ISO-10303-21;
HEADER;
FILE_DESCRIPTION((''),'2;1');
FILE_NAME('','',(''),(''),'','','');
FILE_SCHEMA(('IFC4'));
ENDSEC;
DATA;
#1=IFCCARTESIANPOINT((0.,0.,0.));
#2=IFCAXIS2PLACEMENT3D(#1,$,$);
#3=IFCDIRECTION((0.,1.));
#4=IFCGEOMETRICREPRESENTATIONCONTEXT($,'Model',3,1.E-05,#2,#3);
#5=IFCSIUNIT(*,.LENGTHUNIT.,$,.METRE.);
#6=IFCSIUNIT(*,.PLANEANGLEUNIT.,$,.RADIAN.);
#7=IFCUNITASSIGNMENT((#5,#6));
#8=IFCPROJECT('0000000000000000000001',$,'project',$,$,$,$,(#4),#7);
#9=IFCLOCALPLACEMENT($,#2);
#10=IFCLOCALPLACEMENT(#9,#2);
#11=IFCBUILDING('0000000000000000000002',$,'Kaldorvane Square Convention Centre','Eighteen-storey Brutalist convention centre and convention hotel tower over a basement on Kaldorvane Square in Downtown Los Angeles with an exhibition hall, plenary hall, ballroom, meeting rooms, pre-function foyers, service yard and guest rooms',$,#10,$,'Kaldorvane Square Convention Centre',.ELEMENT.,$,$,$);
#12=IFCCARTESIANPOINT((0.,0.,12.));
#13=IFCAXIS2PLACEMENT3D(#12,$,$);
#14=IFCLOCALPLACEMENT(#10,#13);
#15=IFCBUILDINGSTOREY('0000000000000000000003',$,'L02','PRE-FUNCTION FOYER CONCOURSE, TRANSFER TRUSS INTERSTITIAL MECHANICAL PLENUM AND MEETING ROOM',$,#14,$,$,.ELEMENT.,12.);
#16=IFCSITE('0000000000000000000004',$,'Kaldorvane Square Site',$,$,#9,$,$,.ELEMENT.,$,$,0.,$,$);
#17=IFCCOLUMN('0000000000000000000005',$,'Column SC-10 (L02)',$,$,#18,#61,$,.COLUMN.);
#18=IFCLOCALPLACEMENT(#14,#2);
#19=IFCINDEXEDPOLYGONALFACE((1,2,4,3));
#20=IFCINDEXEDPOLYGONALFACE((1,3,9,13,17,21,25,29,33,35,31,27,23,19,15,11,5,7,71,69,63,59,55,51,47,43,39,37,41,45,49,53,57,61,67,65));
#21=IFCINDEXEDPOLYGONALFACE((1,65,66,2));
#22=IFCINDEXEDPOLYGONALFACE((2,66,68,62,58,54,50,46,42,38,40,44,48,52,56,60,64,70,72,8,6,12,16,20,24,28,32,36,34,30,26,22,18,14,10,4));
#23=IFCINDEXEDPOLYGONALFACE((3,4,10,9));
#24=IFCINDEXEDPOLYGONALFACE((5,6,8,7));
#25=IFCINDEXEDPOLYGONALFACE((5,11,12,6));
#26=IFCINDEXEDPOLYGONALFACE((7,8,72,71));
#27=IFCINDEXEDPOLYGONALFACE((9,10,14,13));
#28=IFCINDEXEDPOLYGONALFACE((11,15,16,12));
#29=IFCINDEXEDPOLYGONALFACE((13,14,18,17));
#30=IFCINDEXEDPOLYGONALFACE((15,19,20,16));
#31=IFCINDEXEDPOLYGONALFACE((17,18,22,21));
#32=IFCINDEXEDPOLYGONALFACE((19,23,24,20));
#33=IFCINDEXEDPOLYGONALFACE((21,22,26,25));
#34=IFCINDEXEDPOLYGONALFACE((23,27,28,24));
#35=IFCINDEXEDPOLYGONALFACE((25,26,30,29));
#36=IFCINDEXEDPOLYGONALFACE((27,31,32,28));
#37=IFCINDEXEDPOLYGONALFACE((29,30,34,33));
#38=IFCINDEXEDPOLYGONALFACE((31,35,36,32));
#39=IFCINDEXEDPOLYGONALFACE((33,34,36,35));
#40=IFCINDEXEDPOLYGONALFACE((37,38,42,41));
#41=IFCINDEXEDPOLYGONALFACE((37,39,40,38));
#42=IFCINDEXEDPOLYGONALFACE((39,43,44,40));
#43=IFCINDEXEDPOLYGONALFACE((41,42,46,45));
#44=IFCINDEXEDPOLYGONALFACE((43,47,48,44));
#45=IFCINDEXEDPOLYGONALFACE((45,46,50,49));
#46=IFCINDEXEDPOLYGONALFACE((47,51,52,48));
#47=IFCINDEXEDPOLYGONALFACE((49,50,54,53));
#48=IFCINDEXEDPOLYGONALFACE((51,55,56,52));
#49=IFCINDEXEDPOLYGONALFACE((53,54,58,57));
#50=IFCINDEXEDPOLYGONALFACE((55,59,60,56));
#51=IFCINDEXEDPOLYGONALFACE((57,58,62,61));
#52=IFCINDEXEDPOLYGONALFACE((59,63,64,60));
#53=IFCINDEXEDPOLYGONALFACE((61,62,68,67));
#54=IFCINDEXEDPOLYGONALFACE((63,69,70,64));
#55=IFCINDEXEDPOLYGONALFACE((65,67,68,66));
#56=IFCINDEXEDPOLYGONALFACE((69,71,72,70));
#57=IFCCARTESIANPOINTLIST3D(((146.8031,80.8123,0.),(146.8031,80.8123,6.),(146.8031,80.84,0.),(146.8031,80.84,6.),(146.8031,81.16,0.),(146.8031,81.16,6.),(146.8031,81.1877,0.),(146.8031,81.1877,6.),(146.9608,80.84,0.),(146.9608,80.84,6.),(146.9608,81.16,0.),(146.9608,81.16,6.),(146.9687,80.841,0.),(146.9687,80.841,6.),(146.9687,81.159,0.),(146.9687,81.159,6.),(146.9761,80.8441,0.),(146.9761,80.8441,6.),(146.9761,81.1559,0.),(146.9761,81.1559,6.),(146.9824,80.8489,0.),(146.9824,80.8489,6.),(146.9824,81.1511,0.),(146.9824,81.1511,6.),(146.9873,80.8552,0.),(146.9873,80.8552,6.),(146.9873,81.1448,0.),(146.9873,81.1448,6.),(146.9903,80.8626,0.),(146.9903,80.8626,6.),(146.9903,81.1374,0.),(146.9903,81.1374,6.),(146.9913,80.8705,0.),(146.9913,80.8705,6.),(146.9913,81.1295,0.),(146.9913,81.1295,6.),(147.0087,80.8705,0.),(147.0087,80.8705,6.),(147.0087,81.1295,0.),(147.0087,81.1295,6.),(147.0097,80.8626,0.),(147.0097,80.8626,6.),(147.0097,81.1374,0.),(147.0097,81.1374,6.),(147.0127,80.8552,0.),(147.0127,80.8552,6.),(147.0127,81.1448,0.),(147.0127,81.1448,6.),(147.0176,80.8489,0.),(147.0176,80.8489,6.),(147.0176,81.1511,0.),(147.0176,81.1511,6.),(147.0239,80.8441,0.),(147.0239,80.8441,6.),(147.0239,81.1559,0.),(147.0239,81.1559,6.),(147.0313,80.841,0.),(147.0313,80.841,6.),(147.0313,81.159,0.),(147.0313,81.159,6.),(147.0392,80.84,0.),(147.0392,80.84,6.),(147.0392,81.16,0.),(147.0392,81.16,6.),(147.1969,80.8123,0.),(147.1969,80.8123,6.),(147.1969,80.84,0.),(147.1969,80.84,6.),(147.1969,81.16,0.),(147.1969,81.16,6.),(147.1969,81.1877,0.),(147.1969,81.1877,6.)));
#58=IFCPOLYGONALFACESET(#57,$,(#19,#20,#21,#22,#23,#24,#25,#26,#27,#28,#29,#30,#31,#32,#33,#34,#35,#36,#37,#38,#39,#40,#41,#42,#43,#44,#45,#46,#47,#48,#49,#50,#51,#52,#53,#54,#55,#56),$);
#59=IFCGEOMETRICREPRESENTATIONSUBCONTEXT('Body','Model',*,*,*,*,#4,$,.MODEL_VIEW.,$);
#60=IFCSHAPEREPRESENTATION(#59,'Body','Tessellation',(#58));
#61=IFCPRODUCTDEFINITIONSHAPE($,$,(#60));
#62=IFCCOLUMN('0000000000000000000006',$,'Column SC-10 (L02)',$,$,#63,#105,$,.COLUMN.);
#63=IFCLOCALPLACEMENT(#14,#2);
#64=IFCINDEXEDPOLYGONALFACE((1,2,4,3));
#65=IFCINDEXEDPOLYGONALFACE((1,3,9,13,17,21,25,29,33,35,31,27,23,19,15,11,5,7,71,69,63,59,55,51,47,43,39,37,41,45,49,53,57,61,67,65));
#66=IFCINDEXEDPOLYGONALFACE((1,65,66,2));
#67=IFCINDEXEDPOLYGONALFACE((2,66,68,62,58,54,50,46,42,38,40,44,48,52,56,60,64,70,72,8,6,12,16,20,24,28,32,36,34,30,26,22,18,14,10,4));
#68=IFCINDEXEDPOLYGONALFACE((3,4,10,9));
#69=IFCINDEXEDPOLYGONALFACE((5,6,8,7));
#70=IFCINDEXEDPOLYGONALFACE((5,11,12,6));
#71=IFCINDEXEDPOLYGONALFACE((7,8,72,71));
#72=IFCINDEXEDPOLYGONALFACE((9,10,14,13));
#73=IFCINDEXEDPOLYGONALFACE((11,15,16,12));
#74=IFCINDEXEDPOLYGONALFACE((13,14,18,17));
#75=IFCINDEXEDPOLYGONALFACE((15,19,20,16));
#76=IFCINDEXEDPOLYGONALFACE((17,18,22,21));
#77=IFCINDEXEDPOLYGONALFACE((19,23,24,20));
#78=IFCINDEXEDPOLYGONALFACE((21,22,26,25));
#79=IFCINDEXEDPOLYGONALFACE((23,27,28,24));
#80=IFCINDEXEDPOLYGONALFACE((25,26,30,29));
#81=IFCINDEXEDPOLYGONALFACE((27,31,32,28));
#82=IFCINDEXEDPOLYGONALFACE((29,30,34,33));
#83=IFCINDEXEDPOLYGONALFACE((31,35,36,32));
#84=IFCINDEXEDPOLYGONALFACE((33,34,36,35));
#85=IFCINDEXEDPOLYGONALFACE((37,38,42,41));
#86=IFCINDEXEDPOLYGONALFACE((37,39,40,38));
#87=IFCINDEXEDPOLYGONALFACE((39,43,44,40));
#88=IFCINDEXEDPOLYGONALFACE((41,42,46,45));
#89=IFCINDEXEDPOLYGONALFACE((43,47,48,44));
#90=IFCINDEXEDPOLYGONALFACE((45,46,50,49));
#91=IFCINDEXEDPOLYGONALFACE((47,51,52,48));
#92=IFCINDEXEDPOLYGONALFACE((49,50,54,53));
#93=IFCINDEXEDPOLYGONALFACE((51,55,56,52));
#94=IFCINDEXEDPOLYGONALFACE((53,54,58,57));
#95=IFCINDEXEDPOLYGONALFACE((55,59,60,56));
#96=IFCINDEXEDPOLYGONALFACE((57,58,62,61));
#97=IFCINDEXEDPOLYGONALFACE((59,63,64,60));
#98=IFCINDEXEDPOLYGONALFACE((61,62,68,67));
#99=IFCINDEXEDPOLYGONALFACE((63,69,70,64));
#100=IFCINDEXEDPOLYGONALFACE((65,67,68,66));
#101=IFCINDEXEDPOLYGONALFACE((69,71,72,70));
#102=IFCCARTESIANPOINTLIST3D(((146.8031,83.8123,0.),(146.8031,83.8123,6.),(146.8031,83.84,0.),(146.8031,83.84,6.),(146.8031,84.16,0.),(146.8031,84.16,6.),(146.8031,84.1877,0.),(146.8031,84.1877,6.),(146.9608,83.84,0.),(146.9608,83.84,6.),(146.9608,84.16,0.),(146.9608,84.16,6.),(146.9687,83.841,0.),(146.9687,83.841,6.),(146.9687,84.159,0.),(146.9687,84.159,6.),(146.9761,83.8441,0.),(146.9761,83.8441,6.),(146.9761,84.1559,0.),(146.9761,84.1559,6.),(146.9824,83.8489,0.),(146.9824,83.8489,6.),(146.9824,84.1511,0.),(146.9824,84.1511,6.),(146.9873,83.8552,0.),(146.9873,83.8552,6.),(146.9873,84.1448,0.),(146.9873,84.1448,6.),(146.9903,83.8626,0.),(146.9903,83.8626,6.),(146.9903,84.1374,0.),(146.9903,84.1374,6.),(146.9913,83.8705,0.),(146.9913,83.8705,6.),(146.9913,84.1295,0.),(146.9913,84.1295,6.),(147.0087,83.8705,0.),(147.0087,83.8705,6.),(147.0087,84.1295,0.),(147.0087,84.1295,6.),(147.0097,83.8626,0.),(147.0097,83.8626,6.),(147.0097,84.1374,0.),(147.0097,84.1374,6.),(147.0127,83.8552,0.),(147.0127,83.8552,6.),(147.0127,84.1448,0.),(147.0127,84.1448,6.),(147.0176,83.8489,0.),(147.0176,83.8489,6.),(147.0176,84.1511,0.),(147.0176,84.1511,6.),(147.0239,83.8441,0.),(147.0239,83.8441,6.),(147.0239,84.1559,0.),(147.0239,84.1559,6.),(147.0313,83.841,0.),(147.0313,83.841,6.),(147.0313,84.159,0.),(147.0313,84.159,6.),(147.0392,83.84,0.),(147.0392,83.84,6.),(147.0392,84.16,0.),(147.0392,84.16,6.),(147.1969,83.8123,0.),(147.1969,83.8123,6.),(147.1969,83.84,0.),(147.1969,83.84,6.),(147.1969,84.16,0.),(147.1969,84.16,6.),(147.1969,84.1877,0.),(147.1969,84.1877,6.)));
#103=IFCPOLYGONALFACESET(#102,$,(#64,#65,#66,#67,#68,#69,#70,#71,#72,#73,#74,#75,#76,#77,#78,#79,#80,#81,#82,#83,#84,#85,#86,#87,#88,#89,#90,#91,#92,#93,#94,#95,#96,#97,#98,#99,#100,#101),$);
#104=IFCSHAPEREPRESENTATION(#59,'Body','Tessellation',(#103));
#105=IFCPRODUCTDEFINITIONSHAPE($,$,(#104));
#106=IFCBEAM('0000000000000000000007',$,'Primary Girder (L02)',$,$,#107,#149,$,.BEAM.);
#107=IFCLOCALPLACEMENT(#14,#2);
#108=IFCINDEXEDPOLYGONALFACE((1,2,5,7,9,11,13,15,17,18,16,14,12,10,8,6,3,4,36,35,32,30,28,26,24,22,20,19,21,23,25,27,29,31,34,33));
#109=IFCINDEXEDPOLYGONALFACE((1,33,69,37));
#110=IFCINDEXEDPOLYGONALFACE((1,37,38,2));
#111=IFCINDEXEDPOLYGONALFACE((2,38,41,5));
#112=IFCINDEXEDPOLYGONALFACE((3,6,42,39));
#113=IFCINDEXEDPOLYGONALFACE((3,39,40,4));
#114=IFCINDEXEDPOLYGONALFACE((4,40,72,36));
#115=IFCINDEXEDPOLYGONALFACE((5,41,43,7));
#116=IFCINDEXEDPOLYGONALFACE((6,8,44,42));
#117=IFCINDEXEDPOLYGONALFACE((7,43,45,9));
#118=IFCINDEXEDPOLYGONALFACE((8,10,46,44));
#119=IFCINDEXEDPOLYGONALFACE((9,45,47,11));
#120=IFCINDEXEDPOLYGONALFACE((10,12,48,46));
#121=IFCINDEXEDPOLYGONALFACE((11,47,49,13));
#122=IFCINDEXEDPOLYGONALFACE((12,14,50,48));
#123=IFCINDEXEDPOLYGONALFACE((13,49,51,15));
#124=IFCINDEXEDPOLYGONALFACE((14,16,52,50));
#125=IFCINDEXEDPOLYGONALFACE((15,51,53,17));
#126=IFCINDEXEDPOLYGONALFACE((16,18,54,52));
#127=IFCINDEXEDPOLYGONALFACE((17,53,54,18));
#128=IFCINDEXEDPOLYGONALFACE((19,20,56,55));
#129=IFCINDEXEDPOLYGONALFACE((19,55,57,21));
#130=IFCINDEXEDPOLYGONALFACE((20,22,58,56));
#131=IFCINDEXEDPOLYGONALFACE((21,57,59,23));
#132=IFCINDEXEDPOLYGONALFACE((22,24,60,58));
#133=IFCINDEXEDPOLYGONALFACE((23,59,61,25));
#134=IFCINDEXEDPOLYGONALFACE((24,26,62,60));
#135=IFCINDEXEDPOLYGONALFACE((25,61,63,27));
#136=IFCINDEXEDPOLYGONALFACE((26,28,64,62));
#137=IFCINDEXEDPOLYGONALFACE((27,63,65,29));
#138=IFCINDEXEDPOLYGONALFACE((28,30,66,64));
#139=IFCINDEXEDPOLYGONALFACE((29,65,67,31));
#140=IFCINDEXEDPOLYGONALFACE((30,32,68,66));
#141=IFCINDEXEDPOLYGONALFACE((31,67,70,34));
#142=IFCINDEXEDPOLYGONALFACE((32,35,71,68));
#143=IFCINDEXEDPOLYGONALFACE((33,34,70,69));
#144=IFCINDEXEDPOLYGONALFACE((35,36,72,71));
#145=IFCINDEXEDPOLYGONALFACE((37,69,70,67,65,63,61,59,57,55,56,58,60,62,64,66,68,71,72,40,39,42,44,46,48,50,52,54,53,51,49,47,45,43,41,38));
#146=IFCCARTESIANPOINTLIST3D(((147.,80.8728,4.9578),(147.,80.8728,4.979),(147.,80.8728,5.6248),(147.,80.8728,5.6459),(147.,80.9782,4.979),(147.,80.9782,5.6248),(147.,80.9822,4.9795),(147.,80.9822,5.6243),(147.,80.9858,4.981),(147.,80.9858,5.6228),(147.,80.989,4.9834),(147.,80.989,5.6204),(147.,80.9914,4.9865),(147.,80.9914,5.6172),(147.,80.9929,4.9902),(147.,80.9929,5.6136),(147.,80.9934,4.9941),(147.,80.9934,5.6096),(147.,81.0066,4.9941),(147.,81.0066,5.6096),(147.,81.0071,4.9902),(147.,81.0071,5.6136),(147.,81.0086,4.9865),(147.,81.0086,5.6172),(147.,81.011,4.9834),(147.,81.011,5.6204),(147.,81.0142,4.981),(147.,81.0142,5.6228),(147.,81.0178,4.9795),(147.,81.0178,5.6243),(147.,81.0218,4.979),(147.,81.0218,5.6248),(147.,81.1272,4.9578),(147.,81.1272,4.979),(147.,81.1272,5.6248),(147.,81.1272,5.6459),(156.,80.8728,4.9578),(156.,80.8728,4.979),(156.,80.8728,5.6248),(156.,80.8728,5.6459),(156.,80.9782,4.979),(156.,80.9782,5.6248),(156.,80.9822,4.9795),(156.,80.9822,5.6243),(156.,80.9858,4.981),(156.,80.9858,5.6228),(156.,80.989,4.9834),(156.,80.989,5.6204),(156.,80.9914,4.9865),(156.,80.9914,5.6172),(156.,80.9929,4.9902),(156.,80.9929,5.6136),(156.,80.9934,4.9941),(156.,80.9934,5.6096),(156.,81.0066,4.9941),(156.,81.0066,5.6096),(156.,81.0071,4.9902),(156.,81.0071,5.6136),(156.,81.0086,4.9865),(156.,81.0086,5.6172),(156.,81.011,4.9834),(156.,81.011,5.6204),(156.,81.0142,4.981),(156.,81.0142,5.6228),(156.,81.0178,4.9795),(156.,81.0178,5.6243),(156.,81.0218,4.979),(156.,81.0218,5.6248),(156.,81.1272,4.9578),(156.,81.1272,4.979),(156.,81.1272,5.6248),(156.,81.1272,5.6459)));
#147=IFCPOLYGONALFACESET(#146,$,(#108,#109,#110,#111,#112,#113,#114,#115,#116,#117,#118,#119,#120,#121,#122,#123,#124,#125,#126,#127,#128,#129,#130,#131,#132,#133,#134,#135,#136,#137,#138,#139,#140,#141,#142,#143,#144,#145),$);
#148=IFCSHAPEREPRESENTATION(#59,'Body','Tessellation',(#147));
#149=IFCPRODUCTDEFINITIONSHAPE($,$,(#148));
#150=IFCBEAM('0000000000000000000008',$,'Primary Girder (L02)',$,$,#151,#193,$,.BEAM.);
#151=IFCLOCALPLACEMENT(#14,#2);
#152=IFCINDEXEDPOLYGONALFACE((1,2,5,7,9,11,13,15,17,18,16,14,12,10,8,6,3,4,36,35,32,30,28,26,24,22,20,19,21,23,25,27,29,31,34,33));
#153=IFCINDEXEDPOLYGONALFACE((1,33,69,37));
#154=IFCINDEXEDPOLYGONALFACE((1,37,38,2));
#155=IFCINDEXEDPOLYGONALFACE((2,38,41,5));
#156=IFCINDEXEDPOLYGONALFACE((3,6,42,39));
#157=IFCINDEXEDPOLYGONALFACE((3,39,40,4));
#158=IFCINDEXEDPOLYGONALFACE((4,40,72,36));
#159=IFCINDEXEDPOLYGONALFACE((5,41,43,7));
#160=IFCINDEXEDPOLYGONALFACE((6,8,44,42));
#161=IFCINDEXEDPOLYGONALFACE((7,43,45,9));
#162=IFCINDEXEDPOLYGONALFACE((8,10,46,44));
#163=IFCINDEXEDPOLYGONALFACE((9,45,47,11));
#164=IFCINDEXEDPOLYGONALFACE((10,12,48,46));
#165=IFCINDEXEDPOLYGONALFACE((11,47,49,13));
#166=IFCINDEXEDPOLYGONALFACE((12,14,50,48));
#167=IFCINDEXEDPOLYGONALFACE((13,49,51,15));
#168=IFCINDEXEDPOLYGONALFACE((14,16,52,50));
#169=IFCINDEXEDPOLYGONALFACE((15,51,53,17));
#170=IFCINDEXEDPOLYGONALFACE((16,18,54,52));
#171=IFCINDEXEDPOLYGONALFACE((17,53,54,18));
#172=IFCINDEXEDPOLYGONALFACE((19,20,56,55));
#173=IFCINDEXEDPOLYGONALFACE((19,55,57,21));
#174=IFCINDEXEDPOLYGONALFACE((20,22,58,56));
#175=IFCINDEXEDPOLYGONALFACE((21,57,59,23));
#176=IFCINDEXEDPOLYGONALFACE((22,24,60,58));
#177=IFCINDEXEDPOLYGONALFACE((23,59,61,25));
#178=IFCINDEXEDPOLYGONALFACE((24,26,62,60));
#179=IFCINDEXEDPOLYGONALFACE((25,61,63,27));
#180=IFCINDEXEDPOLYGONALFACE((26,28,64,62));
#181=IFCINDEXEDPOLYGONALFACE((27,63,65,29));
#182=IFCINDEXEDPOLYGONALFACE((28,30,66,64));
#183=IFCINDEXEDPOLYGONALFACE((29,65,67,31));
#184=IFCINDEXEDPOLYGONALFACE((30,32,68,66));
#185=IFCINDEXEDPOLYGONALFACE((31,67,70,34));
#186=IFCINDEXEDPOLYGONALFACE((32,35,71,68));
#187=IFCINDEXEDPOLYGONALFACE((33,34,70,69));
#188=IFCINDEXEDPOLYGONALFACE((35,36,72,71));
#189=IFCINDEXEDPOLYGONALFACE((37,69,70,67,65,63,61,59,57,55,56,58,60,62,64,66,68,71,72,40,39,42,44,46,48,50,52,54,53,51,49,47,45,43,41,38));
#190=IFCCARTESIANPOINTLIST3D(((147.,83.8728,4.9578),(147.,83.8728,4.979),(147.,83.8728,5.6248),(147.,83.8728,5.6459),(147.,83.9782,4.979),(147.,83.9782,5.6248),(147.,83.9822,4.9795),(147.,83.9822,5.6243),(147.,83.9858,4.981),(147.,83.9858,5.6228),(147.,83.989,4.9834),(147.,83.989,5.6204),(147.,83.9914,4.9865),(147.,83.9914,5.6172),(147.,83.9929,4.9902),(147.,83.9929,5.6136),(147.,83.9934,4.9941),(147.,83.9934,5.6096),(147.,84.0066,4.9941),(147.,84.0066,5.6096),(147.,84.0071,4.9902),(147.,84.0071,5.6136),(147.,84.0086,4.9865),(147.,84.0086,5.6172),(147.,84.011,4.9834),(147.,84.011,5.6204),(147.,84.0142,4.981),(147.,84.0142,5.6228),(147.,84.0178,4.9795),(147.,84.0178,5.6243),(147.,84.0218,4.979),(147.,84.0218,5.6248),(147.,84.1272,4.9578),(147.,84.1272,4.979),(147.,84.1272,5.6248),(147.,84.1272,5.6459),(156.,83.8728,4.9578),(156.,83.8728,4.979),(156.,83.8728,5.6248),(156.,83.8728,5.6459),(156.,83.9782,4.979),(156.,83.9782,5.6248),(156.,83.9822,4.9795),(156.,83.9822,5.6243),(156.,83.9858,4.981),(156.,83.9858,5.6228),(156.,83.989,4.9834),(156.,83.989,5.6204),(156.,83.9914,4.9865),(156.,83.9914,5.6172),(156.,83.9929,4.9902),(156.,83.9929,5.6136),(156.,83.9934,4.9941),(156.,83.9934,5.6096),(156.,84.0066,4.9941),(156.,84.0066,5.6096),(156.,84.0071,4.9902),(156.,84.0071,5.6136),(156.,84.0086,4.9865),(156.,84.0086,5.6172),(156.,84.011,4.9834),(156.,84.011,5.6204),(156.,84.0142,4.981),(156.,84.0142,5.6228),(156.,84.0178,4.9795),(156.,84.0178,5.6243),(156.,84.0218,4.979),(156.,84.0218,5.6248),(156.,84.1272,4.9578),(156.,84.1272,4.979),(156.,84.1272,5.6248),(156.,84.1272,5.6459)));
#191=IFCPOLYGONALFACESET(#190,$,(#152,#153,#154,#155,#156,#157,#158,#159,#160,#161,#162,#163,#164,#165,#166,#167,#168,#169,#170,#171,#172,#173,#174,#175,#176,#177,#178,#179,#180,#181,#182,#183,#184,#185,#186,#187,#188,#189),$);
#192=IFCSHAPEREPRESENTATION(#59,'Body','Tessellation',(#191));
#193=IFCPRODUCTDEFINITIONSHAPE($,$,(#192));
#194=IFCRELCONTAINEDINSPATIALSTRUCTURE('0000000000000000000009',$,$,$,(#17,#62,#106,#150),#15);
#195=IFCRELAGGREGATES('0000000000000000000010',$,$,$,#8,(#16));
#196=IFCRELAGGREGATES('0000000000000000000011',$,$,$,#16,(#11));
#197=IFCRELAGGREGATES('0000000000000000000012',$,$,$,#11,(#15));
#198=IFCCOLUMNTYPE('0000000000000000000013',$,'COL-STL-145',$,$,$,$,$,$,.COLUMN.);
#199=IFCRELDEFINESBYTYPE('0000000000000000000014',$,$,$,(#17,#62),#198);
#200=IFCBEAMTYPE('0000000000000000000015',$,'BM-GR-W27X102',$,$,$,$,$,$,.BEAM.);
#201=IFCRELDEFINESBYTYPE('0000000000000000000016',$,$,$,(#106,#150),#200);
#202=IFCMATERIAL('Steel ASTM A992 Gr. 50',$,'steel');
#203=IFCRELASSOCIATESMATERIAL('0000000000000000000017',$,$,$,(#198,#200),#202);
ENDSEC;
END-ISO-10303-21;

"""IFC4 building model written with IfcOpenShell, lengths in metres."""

from ifc_helpers import new_model, si_unit, direction, frame, origin, origin_2d, place, context, subcontext, project, spatial, i_section, extrude, material, material_profile, profile_set, type_object, element, save


model = new_model("IFC4")

# Units and contexts
model_context = context("Model", 3, precision=1e-05, world=origin(), true_north=direction((0.0, 1.0)))
body_context = subcontext(model_context, "Body", "Model", "MODEL_VIEW")
ifc_project = project(units=[si_unit("LENGTHUNIT", "METRE"), si_unit("PLANEANGLEUNIT", "RADIAN")], contexts=[model_context])

# Site, building, storey
site_placement = place(None, origin())
site = spatial("IfcSite", under=ifc_project, at=site_placement, Name="Kaldorvane Square Site", CompositionType="ELEMENT", RefElevation=0.0)
building_placement = place(site_placement, origin())
building = spatial("IfcBuilding", under=site, at=building_placement, Name="Kaldorvane Square Convention Centre", Description="Eighteen-storey Brutalist convention centre and convention hotel tower over a basement on Kaldorvane Square in Downtown Los Angeles with an exhibition hall, plenary hall, ballroom, meeting rooms, pre-function foyers, service yard and guest rooms", LongName="Kaldorvane Square Convention Centre", CompositionType="ELEMENT")
storey_placement = place(building_placement, frame((0.0, 0.0, 12.0)))
storey = spatial("IfcBuildingStorey", under=building, at=storey_placement, Name="L02", Description="PRE-FUNCTION FOYER CONCOURSE, TRANSFER TRUSS INTERSTITIAL MECHANICAL PLENUM AND MEETING ROOM", CompositionType="ELEMENT", Elevation=12.0)

# Columns
ifc_material_1 = material(Name="Steel ASTM A992 Gr. 50", Category="steel")
ifc_material_profile_1 = material_profile(ifc_material_1, i_section(OverallWidth=0.3937, OverallDepth=0.3754, WebThickness=0.0173, FlangeThickness=0.0277, FilletRadius=0.0305, at=origin_2d()), Name="W14X145")
ifc_profile_set_1 = profile_set([ifc_material_profile_1], Name="Steel ASTM A992 Gr. 50")
column_type = type_object("IfcColumnType", Name="COL-STL-145", PredefinedType="COLUMN", material=ifc_profile_set_1)
for number, where, z_axis, x_axis, name in (
    (1, (147.0, 81.0, 0.0), (0.0, 0.0, 1.0), (1.0, 0.0, 0.0), "Column SC-10 (L02)"),
    (2, (147.0, 84.0, 0.0), (0.0, 0.0, 1.0), (1.0, 0.0, 0.0), "Column SC-10 (L02)"),
):
    element("IfcColumn", number, at=place(storey_placement, frame(where, z_axis=z_axis, x_axis=x_axis)), inside=storey, type_object=column_type, Name=name, PredefinedType="COLUMN", context=body_context, shape_type="SweptSolid", body=[
        extrude(i_section(OverallWidth=0.3937, OverallDepth=0.3754, WebThickness=0.0173, FlangeThickness=0.0277, FilletRadius=0.0305, at=origin_2d()), origin(), (0.0, 0.0, 1.0), 6.0),
    ])

# Beams
ifc_material_profile_2 = material_profile(ifc_material_1, i_section(OverallWidth=0.2544, OverallDepth=0.6881, WebThickness=0.0131, FlangeThickness=0.0211, FilletRadius=0.0152, at=origin_2d()), Name="W27X102")
ifc_profile_set_2 = profile_set([ifc_material_profile_2], Name="Steel ASTM A992 Gr. 50")
beam_type_1 = type_object("IfcBeamType", Name="BM-GR-W27X102", PredefinedType="BEAM", material=ifc_profile_set_2)
for number, where, z_axis, x_axis, name in (
    (3, (147.0, 81.0, 5.3019), (1.0, 0.0, 0.0), (0.0, 1.0, 0.0), "Primary Girder (L02)"),
    (4, (147.0, 84.0, 5.3019), (1.0, 0.0, 0.0), (0.0, 1.0, 0.0), "Primary Girder (L02)"),
):
    element("IfcBeam", number, at=place(storey_placement, frame(where, z_axis=z_axis, x_axis=x_axis)), inside=storey, type_object=beam_type_1, Name=name, PredefinedType="BEAM", context=body_context, shape_type="SweptSolid", body=[
        extrude(i_section(OverallWidth=0.2544, OverallDepth=0.6881, WebThickness=0.0131, FlangeThickness=0.0211, FilletRadius=0.0152, at=origin_2d()), origin(), (0.0, 0.0, 1.0), 9.0),
    ])

save(model, "model.ifc")
